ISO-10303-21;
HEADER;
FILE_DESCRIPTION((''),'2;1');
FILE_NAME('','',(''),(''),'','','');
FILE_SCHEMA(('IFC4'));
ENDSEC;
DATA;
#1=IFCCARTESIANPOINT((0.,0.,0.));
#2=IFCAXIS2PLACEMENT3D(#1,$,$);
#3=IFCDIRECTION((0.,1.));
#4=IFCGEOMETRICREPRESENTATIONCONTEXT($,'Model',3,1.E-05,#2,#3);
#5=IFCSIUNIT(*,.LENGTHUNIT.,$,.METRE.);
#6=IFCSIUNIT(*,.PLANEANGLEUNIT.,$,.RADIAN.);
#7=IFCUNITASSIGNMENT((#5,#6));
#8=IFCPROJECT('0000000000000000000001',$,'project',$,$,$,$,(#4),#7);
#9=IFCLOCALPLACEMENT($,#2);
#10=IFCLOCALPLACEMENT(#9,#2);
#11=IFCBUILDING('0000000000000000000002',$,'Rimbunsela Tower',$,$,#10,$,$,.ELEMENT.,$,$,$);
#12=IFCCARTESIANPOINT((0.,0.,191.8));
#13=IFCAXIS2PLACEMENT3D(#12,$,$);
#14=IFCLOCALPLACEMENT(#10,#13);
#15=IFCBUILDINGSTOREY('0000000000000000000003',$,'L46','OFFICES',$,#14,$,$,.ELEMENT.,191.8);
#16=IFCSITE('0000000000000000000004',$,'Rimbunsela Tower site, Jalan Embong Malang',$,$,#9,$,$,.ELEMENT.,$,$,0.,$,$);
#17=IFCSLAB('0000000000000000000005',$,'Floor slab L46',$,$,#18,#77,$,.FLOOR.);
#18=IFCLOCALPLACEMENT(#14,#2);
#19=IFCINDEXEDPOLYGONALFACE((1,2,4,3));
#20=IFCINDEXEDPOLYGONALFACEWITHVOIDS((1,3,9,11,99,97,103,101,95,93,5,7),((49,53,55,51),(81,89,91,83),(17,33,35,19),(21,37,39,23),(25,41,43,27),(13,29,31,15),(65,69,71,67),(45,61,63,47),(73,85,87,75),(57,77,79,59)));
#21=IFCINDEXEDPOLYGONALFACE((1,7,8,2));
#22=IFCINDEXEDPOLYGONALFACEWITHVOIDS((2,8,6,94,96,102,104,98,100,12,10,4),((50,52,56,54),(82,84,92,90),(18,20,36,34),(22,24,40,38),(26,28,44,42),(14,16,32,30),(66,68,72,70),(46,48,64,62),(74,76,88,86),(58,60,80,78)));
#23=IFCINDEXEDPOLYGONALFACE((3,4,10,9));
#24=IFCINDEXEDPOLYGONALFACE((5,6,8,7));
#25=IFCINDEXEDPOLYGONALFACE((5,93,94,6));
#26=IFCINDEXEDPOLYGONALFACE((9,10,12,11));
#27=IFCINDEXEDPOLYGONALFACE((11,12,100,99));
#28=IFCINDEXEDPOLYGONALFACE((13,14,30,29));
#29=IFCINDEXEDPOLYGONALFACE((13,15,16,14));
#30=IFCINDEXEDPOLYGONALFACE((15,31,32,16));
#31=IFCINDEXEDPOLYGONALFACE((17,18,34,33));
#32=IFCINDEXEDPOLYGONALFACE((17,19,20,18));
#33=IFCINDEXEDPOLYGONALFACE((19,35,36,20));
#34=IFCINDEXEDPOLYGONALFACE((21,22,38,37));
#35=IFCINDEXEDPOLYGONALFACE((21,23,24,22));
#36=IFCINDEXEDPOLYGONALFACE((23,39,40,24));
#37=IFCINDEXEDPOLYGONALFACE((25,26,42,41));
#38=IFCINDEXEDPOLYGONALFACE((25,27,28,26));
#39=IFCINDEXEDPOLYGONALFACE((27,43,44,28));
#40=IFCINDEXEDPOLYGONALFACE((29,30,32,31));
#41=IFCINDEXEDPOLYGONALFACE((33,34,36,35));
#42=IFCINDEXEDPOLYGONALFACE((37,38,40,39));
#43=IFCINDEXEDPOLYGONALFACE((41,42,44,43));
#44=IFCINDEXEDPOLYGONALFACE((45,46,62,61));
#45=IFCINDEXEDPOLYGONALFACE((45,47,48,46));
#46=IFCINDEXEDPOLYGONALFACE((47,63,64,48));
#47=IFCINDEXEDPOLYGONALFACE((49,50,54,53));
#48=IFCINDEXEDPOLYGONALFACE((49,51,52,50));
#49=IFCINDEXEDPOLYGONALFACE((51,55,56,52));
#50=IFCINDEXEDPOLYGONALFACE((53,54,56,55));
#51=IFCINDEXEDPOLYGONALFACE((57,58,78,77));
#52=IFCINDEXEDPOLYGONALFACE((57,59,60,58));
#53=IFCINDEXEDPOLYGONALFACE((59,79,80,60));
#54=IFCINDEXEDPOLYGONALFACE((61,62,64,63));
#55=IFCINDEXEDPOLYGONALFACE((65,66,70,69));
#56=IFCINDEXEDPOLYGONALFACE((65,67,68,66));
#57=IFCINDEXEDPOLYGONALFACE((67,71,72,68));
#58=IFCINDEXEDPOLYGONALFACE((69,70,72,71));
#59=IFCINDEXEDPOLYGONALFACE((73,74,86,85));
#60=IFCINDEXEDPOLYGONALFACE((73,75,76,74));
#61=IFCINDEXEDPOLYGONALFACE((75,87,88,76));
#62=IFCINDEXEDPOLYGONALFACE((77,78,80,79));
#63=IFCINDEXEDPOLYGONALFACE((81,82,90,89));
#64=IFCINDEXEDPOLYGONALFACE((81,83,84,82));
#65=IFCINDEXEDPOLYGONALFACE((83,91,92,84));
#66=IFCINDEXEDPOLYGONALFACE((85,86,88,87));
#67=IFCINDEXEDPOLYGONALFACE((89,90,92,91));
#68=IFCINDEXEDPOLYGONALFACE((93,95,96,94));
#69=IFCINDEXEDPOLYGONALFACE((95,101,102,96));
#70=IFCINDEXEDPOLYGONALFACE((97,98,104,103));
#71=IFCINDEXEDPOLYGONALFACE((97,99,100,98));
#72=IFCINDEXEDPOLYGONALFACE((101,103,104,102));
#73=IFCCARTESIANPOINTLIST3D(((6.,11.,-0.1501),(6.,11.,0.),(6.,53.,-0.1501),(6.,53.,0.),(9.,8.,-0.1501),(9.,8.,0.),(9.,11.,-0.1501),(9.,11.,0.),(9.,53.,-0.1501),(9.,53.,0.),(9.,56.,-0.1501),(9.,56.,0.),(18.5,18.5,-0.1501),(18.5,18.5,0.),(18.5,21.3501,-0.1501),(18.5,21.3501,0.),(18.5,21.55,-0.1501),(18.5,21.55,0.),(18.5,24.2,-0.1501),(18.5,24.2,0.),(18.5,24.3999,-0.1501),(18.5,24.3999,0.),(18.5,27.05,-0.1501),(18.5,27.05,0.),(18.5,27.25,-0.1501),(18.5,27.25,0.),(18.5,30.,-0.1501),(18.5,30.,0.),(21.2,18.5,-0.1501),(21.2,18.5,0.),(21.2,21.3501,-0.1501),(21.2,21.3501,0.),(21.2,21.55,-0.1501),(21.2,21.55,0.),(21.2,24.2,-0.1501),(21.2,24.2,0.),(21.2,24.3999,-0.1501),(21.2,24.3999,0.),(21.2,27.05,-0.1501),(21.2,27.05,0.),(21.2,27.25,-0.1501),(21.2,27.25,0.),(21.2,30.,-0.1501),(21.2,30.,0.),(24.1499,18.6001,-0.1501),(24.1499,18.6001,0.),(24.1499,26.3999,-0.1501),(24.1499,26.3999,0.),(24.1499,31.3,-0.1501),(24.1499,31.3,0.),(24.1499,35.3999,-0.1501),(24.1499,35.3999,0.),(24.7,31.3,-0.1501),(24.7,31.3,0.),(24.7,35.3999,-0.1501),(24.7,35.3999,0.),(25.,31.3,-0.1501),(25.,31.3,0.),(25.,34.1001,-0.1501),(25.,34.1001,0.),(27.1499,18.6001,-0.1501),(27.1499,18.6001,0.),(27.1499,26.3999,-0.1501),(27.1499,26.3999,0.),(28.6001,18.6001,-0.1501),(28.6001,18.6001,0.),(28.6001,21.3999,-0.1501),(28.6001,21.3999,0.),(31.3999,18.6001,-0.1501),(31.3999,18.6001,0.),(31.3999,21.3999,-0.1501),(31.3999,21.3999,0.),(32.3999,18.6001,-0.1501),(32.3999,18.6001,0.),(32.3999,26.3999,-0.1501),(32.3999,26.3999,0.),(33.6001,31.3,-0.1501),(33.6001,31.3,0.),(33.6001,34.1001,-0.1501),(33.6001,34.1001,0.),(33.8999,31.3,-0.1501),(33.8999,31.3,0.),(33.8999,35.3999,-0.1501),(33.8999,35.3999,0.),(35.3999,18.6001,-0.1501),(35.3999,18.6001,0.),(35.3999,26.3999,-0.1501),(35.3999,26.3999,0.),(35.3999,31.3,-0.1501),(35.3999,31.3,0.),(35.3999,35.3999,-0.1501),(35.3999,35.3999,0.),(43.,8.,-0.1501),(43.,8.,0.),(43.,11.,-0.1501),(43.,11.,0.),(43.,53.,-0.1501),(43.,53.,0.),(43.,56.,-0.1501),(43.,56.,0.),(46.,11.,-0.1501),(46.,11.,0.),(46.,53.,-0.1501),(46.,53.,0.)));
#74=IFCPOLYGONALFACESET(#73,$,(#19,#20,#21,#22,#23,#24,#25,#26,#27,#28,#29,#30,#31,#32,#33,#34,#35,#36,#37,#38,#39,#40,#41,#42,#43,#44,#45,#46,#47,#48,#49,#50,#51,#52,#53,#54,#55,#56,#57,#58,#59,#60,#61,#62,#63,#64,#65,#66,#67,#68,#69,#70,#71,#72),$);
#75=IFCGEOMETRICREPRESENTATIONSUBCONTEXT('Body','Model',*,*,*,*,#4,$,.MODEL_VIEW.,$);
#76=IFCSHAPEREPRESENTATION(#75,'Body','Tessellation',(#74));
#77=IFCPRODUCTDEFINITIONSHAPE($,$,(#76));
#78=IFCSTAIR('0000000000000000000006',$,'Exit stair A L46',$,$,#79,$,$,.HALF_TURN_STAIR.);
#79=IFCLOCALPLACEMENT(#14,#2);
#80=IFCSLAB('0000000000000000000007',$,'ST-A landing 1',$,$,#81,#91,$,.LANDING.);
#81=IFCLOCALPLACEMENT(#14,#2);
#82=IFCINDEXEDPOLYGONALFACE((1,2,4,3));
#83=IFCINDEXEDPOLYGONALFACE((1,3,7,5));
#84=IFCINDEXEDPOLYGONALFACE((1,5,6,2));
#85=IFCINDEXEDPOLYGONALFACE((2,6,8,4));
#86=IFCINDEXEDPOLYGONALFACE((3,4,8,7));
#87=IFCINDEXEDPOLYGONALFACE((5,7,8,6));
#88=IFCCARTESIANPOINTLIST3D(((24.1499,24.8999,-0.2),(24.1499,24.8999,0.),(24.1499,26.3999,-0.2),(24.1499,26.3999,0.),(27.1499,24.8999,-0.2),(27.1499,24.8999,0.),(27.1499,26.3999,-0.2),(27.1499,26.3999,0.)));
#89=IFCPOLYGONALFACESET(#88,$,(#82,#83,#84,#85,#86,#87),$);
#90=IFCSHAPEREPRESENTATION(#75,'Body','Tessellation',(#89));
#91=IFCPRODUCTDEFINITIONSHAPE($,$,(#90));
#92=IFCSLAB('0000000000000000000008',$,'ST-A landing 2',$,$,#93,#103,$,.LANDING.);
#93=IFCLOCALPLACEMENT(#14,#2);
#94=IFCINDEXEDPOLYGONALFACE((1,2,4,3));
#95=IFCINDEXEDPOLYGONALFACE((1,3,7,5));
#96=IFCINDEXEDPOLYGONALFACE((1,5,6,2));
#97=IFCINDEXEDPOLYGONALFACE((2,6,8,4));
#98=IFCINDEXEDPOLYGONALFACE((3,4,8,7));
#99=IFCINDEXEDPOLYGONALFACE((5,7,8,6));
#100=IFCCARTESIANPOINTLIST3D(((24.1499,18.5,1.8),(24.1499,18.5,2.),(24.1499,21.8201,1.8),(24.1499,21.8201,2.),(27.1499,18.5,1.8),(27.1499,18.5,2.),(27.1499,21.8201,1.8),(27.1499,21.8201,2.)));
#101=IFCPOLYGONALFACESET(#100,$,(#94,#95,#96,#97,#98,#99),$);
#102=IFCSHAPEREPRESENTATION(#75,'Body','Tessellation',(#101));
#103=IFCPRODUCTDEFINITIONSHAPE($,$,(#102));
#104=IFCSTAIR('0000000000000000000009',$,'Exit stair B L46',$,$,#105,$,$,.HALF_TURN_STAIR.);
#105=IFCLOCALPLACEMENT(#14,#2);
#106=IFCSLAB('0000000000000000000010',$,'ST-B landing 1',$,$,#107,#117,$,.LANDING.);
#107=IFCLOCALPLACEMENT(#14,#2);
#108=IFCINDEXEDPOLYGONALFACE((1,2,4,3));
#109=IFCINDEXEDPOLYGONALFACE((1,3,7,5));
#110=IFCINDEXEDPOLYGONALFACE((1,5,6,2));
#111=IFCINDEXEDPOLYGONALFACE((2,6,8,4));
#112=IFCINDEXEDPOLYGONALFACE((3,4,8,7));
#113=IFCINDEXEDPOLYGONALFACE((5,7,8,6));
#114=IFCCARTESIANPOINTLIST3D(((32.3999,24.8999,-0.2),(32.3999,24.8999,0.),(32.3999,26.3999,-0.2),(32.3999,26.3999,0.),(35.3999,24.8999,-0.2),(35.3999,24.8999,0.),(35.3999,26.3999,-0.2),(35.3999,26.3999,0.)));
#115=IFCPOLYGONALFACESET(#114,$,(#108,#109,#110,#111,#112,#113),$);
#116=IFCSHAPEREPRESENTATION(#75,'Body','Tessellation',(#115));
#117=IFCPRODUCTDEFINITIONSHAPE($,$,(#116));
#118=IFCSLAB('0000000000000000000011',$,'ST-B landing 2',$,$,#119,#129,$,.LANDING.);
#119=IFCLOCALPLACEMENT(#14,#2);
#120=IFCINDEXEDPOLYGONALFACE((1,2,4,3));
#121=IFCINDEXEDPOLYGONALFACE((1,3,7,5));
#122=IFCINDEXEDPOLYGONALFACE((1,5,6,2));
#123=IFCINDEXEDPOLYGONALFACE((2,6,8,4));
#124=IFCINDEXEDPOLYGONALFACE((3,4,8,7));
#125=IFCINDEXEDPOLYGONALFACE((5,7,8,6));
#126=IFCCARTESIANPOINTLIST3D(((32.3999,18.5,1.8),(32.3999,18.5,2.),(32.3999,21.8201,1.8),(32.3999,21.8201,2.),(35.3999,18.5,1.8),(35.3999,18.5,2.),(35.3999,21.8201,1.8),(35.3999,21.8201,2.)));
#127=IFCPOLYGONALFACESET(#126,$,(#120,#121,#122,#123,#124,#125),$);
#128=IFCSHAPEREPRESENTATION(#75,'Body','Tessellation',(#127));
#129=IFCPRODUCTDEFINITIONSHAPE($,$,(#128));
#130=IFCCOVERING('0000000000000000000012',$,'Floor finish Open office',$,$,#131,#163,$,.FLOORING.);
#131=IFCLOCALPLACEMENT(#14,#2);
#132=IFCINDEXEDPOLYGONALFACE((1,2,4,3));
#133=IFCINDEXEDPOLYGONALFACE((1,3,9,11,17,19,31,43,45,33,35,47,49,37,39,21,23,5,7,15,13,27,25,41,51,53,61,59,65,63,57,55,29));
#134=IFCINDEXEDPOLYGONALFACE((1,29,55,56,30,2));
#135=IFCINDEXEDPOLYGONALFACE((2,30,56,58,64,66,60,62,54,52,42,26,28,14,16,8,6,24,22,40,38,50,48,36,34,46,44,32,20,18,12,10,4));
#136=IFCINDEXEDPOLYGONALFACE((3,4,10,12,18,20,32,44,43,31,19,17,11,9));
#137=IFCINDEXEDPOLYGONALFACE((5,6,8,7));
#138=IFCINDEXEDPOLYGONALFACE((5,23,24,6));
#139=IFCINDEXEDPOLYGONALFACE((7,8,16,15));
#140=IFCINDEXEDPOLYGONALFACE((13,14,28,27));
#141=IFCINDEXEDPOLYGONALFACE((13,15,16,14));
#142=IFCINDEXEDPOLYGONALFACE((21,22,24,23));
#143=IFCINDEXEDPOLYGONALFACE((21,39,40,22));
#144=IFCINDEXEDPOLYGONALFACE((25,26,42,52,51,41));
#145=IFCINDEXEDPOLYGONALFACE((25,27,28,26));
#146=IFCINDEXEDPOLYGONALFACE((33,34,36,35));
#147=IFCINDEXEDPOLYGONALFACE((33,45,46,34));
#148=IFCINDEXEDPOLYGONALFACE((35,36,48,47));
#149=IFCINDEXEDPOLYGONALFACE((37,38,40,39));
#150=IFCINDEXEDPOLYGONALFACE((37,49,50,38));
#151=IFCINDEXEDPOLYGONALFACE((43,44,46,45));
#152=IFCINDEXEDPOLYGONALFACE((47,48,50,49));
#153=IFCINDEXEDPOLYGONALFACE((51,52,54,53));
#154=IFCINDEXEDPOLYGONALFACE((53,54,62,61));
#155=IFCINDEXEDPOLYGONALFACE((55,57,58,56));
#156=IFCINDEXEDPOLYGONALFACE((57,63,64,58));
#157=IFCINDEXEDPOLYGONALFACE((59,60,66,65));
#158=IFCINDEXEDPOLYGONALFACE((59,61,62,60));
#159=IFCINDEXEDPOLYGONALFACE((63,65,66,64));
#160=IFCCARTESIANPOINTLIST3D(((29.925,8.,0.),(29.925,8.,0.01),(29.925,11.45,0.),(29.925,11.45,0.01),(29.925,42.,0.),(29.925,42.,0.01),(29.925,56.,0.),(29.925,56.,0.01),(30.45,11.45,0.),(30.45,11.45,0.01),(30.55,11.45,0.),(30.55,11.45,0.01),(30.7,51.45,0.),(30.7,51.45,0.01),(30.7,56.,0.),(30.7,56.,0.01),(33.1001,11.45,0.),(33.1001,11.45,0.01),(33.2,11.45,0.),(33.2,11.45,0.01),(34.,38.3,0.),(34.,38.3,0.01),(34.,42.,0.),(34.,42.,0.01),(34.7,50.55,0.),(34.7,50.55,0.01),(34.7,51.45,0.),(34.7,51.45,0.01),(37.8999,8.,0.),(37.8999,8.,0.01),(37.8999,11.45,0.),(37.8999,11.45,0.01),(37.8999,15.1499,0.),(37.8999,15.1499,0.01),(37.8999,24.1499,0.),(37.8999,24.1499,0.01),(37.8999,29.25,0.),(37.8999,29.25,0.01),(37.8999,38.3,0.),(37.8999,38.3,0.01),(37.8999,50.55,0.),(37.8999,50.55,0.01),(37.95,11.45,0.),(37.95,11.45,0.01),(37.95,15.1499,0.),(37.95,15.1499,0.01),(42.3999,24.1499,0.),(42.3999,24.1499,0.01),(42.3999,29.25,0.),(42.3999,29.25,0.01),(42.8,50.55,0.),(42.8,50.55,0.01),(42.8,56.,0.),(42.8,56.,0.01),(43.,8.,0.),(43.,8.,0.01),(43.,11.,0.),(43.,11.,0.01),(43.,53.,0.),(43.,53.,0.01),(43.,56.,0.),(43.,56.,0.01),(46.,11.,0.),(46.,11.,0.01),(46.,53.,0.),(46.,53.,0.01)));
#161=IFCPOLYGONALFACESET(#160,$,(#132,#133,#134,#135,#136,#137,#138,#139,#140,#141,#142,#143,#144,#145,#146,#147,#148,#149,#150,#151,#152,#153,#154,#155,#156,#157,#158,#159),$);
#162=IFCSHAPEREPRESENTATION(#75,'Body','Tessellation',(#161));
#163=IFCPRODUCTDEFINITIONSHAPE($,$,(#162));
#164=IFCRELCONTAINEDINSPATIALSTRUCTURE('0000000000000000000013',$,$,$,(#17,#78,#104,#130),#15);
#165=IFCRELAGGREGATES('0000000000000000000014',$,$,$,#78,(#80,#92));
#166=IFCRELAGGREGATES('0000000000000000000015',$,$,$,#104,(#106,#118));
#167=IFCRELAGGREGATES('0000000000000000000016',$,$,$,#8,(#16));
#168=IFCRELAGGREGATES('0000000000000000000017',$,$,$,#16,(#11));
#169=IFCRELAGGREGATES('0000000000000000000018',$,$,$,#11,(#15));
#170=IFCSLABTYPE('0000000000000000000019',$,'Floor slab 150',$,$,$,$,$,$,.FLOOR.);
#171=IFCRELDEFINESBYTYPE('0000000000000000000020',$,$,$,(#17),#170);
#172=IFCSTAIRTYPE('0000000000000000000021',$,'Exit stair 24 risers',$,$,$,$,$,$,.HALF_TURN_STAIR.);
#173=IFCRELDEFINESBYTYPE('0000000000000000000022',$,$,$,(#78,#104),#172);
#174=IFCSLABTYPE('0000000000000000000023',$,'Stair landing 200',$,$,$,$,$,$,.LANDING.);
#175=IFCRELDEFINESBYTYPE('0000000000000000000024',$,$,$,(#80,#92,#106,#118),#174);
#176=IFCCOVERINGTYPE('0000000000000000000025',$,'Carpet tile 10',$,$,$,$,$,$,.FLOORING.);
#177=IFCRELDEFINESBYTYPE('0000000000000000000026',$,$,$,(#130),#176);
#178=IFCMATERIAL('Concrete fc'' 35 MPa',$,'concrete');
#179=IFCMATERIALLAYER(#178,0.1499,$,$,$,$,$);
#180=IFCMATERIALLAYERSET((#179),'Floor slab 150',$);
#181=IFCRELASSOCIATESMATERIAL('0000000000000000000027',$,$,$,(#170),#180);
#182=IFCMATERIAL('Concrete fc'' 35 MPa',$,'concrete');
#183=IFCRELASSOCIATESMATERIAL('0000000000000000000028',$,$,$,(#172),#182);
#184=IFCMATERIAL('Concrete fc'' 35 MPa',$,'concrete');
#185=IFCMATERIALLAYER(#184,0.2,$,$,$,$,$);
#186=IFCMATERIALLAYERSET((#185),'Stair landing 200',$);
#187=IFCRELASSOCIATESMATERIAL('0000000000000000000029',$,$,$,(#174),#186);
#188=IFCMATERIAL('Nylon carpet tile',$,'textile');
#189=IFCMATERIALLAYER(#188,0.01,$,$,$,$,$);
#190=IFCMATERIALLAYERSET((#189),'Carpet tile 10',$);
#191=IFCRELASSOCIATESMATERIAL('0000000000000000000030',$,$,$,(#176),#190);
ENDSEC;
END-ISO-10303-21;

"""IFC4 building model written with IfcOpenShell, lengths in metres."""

from ifc_helpers import new_model, si_unit, direction, frame, origin, place, context, subcontext, project, spatial, polyline, outline, extrude, material, layer, layer_set, type_object, element, aggregate, save


model = new_model("IFC4")

# Units and contexts
model_context = context("Model", 3, precision=1e-05, world=origin(), true_north=direction((0.0, 1.0)))
body_context = subcontext(model_context, "Body", "Model", "MODEL_VIEW")
ifc_project = project(units=[si_unit("LENGTHUNIT", "METRE"), si_unit("PLANEANGLEUNIT", "RADIAN")], contexts=[model_context])

# Site, building, storey
site_placement = place(None, origin())
site = spatial("IfcSite", under=ifc_project, at=site_placement, Name="Rimbunsela Tower site, Jalan Embong Malang", CompositionType="ELEMENT", RefElevation=0.0)
building_placement = place(site_placement, origin())
building = spatial("IfcBuilding", under=site, at=building_placement, Name="Rimbunsela Tower", CompositionType="ELEMENT")
storey_placement = place(building_placement, frame((0.0, 0.0, 191.8)))
storey = spatial("IfcBuildingStorey", under=building, at=storey_placement, Name="L46", Description="OFFICES", CompositionType="ELEMENT", Elevation=191.8)

# Slab
ifc_material_1 = material(Name="Concrete fc' 35 MPa", Category="concrete")
ifc_layer_1 = layer(ifc_material_1, 0.1499)
ifc_layer_set_1 = layer_set([ifc_layer_1], Name="Floor slab 150")
slab_type_1 = type_object("IfcSlabType", Name="Floor slab 150", PredefinedType="FLOOR", material=ifc_layer_set_1)
slab_1_placement = place(storey_placement, frame((0.0, 0.0, -0.1501)))
element("IfcSlab", 1, at=slab_1_placement, inside=storey, type_object=slab_type_1, Name="Floor slab L46", PredefinedType="FLOOR", context=body_context, shape_type="SweptSolid", body=[
    extrude(outline(polyline([(9.0, 8.0), (43.0, 8.0), (43.0, 11.0), (46.0, 11.0), (46.0, 53.0), (43.0, 53.0), (43.0, 56.0), (9.0, 56.0), (9.0, 53.0), (6.0, 53.0), (6.0, 11.0), (9.0, 11.0), (9.0, 8.0)]), holes=[polyline([(21.2, 21.3501), (18.5, 21.3501), (18.5, 18.5), (21.2, 18.5), (21.2, 21.3501)]), polyline([(21.2, 21.55), (21.2, 24.2), (18.5, 24.2), (18.5, 21.55), (21.2, 21.55)]), polyline([(21.2, 27.05), (18.5, 27.05), (18.5, 24.3999), (21.2, 24.3999), (21.2, 27.05)]), polyline([(21.2, 27.25), (21.2, 30.0), (18.5, 30.0), (18.5, 27.25), (21.2, 27.25)]), polyline([(27.1499, 18.6001), (27.1499, 26.3999), (24.1499, 26.3999), (24.1499, 18.6001), (27.1499, 18.6001)]), polyline([(24.7, 31.3), (24.7, 35.3999), (24.1499, 35.3999), (24.1499, 31.3), (24.7, 31.3)]), polyline([(25.0, 34.1001), (25.0, 31.3), (33.6001, 31.3), (33.6001, 34.1001), (25.0, 34.1001)]), polyline([(31.3999, 21.3999), (28.6001, 21.3999), (28.6001, 18.6001), (31.3999, 18.6001), (31.3999, 21.3999)]), polyline([(35.3999, 18.6001), (35.3999, 26.3999), (32.3999, 26.3999), (32.3999, 18.6001), (35.3999, 18.6001)]), polyline([(35.3999, 31.3), (35.3999, 35.3999), (33.8999, 35.3999), (33.8999, 31.3), (35.3999, 31.3)])]), origin(), (0.0, 0.0, 1.0), 0.1501),
])

# Stairs, slabs
ifc_material_2 = material(Name="Concrete fc' 35 MPa", Category="concrete")
stair_type = type_object("IfcStairType", Name="Exit stair 24 risers", PredefinedType="HALF_TURN_STAIR", material=ifc_material_2)
stair_1_placement = place(storey_placement, origin())
stair_1 = element("IfcStair", 2, at=stair_1_placement, inside=storey, type_object=stair_type, Name="Exit stair A L46", PredefinedType="HALF_TURN_STAIR")
ifc_material_3 = material(Name="Concrete fc' 35 MPa", Category="concrete")
ifc_layer_2 = layer(ifc_material_3, 0.2)
ifc_layer_set_2 = layer_set([ifc_layer_2], Name="Stair landing 200")
slab_type_2 = type_object("IfcSlabType", Name="Stair landing 200", PredefinedType="LANDING", material=ifc_layer_set_2)
slab_2_placement = place(storey_placement, frame((0.0, 0.0, -0.2)))
slab_2 = element("IfcSlab", 3, at=slab_2_placement, type_object=slab_type_2, Name="ST-A landing 1", PredefinedType="LANDING", context=body_context, shape_type="SweptSolid", body=[
    extrude(outline(polyline([(24.1499, 24.8999), (27.1499, 24.8999), (27.1499, 26.3999), (24.1499, 26.3999), (24.1499, 24.8999)])), origin(), (0.0, 0.0, 1.0), 0.2),
])
slab_3_placement = place(storey_placement, frame((0.0, 0.0, 1.8)))
slab_3 = element("IfcSlab", 4, at=slab_3_placement, type_object=slab_type_2, Name="ST-A landing 2", PredefinedType="LANDING", context=body_context, shape_type="SweptSolid", body=[
    extrude(outline(polyline([(24.1499, 18.5), (27.1499, 18.5), (27.1499, 21.8201), (24.1499, 21.8201), (24.1499, 18.5)])), origin(), (0.0, 0.0, 1.0), 0.2),
])
aggregate(stair_1, [slab_2, slab_3])
stair_2_placement = place(storey_placement, origin())
stair_2 = element("IfcStair", 5, at=stair_2_placement, inside=storey, type_object=stair_type, Name="Exit stair B L46", PredefinedType="HALF_TURN_STAIR")
slab_4_placement = place(storey_placement, frame((0.0, 0.0, -0.2)))
slab_4 = element("IfcSlab", 6, at=slab_4_placement, type_object=slab_type_2, Name="ST-B landing 1", PredefinedType="LANDING", context=body_context, shape_type="SweptSolid", body=[
    extrude(outline(polyline([(32.3999, 24.8999), (35.3999, 24.8999), (35.3999, 26.3999), (32.3999, 26.3999), (32.3999, 24.8999)])), origin(), (0.0, 0.0, 1.0), 0.2),
])
slab_5_placement = place(storey_placement, frame((0.0, 0.0, 1.8)))
slab_5 = element("IfcSlab", 7, at=slab_5_placement, type_object=slab_type_2, Name="ST-B landing 2", PredefinedType="LANDING", context=body_context, shape_type="SweptSolid", body=[
    extrude(outline(polyline([(32.3999, 18.5), (35.3999, 18.5), (35.3999, 21.8201), (32.3999, 21.8201), (32.3999, 18.5)])), origin(), (0.0, 0.0, 1.0), 0.2),
])
aggregate(stair_2, [slab_4, slab_5])

# Covering
ifc_material_4 = material(Name="Nylon carpet tile", Category="textile")
ifc_layer_3 = layer(ifc_material_4, 0.01)
ifc_layer_set_3 = layer_set([ifc_layer_3], Name="Carpet tile 10")
covering_type_1 = type_object("IfcCoveringType", Name="Carpet tile 10", PredefinedType="FLOORING", material=ifc_layer_set_3)
covering_1_placement = place(storey_placement, origin())
element("IfcCovering", 8, at=covering_1_placement, inside=storey, type_object=covering_type_1, Name="Floor finish Open office", PredefinedType="FLOORING", context=body_context, shape_type="SweptSolid", body=[
    extrude(outline(polyline([(29.925, 56.0), (30.7, 56.0), (30.7, 51.45), (34.7, 51.45), (34.7, 50.55), (37.8999, 50.55), (42.8, 50.55), (42.8, 56.0), (43.0, 56.0), (43.0, 53.0), (46.0, 53.0), (46.0, 11.0), (43.0, 11.0), (43.0, 8.0), (37.8999, 8.0), (29.925, 8.0), (29.925, 11.45), (30.45, 11.45), (30.55, 11.45), (33.1001, 11.45), (33.2, 11.45), (37.8999, 11.45), (37.95, 11.45), (37.95, 15.1499), (37.8999, 15.1499), (37.8999, 24.1499), (42.3999, 24.1499), (42.3999, 29.25), (37.8999, 29.25), (37.8999, 38.3), (34.0, 38.3), (34.0, 42.0), (29.925, 42.0), (29.925, 56.0)])), origin(), (0.0, 0.0, 1.0), 0.01),
])

save(model, "model.ifc")
